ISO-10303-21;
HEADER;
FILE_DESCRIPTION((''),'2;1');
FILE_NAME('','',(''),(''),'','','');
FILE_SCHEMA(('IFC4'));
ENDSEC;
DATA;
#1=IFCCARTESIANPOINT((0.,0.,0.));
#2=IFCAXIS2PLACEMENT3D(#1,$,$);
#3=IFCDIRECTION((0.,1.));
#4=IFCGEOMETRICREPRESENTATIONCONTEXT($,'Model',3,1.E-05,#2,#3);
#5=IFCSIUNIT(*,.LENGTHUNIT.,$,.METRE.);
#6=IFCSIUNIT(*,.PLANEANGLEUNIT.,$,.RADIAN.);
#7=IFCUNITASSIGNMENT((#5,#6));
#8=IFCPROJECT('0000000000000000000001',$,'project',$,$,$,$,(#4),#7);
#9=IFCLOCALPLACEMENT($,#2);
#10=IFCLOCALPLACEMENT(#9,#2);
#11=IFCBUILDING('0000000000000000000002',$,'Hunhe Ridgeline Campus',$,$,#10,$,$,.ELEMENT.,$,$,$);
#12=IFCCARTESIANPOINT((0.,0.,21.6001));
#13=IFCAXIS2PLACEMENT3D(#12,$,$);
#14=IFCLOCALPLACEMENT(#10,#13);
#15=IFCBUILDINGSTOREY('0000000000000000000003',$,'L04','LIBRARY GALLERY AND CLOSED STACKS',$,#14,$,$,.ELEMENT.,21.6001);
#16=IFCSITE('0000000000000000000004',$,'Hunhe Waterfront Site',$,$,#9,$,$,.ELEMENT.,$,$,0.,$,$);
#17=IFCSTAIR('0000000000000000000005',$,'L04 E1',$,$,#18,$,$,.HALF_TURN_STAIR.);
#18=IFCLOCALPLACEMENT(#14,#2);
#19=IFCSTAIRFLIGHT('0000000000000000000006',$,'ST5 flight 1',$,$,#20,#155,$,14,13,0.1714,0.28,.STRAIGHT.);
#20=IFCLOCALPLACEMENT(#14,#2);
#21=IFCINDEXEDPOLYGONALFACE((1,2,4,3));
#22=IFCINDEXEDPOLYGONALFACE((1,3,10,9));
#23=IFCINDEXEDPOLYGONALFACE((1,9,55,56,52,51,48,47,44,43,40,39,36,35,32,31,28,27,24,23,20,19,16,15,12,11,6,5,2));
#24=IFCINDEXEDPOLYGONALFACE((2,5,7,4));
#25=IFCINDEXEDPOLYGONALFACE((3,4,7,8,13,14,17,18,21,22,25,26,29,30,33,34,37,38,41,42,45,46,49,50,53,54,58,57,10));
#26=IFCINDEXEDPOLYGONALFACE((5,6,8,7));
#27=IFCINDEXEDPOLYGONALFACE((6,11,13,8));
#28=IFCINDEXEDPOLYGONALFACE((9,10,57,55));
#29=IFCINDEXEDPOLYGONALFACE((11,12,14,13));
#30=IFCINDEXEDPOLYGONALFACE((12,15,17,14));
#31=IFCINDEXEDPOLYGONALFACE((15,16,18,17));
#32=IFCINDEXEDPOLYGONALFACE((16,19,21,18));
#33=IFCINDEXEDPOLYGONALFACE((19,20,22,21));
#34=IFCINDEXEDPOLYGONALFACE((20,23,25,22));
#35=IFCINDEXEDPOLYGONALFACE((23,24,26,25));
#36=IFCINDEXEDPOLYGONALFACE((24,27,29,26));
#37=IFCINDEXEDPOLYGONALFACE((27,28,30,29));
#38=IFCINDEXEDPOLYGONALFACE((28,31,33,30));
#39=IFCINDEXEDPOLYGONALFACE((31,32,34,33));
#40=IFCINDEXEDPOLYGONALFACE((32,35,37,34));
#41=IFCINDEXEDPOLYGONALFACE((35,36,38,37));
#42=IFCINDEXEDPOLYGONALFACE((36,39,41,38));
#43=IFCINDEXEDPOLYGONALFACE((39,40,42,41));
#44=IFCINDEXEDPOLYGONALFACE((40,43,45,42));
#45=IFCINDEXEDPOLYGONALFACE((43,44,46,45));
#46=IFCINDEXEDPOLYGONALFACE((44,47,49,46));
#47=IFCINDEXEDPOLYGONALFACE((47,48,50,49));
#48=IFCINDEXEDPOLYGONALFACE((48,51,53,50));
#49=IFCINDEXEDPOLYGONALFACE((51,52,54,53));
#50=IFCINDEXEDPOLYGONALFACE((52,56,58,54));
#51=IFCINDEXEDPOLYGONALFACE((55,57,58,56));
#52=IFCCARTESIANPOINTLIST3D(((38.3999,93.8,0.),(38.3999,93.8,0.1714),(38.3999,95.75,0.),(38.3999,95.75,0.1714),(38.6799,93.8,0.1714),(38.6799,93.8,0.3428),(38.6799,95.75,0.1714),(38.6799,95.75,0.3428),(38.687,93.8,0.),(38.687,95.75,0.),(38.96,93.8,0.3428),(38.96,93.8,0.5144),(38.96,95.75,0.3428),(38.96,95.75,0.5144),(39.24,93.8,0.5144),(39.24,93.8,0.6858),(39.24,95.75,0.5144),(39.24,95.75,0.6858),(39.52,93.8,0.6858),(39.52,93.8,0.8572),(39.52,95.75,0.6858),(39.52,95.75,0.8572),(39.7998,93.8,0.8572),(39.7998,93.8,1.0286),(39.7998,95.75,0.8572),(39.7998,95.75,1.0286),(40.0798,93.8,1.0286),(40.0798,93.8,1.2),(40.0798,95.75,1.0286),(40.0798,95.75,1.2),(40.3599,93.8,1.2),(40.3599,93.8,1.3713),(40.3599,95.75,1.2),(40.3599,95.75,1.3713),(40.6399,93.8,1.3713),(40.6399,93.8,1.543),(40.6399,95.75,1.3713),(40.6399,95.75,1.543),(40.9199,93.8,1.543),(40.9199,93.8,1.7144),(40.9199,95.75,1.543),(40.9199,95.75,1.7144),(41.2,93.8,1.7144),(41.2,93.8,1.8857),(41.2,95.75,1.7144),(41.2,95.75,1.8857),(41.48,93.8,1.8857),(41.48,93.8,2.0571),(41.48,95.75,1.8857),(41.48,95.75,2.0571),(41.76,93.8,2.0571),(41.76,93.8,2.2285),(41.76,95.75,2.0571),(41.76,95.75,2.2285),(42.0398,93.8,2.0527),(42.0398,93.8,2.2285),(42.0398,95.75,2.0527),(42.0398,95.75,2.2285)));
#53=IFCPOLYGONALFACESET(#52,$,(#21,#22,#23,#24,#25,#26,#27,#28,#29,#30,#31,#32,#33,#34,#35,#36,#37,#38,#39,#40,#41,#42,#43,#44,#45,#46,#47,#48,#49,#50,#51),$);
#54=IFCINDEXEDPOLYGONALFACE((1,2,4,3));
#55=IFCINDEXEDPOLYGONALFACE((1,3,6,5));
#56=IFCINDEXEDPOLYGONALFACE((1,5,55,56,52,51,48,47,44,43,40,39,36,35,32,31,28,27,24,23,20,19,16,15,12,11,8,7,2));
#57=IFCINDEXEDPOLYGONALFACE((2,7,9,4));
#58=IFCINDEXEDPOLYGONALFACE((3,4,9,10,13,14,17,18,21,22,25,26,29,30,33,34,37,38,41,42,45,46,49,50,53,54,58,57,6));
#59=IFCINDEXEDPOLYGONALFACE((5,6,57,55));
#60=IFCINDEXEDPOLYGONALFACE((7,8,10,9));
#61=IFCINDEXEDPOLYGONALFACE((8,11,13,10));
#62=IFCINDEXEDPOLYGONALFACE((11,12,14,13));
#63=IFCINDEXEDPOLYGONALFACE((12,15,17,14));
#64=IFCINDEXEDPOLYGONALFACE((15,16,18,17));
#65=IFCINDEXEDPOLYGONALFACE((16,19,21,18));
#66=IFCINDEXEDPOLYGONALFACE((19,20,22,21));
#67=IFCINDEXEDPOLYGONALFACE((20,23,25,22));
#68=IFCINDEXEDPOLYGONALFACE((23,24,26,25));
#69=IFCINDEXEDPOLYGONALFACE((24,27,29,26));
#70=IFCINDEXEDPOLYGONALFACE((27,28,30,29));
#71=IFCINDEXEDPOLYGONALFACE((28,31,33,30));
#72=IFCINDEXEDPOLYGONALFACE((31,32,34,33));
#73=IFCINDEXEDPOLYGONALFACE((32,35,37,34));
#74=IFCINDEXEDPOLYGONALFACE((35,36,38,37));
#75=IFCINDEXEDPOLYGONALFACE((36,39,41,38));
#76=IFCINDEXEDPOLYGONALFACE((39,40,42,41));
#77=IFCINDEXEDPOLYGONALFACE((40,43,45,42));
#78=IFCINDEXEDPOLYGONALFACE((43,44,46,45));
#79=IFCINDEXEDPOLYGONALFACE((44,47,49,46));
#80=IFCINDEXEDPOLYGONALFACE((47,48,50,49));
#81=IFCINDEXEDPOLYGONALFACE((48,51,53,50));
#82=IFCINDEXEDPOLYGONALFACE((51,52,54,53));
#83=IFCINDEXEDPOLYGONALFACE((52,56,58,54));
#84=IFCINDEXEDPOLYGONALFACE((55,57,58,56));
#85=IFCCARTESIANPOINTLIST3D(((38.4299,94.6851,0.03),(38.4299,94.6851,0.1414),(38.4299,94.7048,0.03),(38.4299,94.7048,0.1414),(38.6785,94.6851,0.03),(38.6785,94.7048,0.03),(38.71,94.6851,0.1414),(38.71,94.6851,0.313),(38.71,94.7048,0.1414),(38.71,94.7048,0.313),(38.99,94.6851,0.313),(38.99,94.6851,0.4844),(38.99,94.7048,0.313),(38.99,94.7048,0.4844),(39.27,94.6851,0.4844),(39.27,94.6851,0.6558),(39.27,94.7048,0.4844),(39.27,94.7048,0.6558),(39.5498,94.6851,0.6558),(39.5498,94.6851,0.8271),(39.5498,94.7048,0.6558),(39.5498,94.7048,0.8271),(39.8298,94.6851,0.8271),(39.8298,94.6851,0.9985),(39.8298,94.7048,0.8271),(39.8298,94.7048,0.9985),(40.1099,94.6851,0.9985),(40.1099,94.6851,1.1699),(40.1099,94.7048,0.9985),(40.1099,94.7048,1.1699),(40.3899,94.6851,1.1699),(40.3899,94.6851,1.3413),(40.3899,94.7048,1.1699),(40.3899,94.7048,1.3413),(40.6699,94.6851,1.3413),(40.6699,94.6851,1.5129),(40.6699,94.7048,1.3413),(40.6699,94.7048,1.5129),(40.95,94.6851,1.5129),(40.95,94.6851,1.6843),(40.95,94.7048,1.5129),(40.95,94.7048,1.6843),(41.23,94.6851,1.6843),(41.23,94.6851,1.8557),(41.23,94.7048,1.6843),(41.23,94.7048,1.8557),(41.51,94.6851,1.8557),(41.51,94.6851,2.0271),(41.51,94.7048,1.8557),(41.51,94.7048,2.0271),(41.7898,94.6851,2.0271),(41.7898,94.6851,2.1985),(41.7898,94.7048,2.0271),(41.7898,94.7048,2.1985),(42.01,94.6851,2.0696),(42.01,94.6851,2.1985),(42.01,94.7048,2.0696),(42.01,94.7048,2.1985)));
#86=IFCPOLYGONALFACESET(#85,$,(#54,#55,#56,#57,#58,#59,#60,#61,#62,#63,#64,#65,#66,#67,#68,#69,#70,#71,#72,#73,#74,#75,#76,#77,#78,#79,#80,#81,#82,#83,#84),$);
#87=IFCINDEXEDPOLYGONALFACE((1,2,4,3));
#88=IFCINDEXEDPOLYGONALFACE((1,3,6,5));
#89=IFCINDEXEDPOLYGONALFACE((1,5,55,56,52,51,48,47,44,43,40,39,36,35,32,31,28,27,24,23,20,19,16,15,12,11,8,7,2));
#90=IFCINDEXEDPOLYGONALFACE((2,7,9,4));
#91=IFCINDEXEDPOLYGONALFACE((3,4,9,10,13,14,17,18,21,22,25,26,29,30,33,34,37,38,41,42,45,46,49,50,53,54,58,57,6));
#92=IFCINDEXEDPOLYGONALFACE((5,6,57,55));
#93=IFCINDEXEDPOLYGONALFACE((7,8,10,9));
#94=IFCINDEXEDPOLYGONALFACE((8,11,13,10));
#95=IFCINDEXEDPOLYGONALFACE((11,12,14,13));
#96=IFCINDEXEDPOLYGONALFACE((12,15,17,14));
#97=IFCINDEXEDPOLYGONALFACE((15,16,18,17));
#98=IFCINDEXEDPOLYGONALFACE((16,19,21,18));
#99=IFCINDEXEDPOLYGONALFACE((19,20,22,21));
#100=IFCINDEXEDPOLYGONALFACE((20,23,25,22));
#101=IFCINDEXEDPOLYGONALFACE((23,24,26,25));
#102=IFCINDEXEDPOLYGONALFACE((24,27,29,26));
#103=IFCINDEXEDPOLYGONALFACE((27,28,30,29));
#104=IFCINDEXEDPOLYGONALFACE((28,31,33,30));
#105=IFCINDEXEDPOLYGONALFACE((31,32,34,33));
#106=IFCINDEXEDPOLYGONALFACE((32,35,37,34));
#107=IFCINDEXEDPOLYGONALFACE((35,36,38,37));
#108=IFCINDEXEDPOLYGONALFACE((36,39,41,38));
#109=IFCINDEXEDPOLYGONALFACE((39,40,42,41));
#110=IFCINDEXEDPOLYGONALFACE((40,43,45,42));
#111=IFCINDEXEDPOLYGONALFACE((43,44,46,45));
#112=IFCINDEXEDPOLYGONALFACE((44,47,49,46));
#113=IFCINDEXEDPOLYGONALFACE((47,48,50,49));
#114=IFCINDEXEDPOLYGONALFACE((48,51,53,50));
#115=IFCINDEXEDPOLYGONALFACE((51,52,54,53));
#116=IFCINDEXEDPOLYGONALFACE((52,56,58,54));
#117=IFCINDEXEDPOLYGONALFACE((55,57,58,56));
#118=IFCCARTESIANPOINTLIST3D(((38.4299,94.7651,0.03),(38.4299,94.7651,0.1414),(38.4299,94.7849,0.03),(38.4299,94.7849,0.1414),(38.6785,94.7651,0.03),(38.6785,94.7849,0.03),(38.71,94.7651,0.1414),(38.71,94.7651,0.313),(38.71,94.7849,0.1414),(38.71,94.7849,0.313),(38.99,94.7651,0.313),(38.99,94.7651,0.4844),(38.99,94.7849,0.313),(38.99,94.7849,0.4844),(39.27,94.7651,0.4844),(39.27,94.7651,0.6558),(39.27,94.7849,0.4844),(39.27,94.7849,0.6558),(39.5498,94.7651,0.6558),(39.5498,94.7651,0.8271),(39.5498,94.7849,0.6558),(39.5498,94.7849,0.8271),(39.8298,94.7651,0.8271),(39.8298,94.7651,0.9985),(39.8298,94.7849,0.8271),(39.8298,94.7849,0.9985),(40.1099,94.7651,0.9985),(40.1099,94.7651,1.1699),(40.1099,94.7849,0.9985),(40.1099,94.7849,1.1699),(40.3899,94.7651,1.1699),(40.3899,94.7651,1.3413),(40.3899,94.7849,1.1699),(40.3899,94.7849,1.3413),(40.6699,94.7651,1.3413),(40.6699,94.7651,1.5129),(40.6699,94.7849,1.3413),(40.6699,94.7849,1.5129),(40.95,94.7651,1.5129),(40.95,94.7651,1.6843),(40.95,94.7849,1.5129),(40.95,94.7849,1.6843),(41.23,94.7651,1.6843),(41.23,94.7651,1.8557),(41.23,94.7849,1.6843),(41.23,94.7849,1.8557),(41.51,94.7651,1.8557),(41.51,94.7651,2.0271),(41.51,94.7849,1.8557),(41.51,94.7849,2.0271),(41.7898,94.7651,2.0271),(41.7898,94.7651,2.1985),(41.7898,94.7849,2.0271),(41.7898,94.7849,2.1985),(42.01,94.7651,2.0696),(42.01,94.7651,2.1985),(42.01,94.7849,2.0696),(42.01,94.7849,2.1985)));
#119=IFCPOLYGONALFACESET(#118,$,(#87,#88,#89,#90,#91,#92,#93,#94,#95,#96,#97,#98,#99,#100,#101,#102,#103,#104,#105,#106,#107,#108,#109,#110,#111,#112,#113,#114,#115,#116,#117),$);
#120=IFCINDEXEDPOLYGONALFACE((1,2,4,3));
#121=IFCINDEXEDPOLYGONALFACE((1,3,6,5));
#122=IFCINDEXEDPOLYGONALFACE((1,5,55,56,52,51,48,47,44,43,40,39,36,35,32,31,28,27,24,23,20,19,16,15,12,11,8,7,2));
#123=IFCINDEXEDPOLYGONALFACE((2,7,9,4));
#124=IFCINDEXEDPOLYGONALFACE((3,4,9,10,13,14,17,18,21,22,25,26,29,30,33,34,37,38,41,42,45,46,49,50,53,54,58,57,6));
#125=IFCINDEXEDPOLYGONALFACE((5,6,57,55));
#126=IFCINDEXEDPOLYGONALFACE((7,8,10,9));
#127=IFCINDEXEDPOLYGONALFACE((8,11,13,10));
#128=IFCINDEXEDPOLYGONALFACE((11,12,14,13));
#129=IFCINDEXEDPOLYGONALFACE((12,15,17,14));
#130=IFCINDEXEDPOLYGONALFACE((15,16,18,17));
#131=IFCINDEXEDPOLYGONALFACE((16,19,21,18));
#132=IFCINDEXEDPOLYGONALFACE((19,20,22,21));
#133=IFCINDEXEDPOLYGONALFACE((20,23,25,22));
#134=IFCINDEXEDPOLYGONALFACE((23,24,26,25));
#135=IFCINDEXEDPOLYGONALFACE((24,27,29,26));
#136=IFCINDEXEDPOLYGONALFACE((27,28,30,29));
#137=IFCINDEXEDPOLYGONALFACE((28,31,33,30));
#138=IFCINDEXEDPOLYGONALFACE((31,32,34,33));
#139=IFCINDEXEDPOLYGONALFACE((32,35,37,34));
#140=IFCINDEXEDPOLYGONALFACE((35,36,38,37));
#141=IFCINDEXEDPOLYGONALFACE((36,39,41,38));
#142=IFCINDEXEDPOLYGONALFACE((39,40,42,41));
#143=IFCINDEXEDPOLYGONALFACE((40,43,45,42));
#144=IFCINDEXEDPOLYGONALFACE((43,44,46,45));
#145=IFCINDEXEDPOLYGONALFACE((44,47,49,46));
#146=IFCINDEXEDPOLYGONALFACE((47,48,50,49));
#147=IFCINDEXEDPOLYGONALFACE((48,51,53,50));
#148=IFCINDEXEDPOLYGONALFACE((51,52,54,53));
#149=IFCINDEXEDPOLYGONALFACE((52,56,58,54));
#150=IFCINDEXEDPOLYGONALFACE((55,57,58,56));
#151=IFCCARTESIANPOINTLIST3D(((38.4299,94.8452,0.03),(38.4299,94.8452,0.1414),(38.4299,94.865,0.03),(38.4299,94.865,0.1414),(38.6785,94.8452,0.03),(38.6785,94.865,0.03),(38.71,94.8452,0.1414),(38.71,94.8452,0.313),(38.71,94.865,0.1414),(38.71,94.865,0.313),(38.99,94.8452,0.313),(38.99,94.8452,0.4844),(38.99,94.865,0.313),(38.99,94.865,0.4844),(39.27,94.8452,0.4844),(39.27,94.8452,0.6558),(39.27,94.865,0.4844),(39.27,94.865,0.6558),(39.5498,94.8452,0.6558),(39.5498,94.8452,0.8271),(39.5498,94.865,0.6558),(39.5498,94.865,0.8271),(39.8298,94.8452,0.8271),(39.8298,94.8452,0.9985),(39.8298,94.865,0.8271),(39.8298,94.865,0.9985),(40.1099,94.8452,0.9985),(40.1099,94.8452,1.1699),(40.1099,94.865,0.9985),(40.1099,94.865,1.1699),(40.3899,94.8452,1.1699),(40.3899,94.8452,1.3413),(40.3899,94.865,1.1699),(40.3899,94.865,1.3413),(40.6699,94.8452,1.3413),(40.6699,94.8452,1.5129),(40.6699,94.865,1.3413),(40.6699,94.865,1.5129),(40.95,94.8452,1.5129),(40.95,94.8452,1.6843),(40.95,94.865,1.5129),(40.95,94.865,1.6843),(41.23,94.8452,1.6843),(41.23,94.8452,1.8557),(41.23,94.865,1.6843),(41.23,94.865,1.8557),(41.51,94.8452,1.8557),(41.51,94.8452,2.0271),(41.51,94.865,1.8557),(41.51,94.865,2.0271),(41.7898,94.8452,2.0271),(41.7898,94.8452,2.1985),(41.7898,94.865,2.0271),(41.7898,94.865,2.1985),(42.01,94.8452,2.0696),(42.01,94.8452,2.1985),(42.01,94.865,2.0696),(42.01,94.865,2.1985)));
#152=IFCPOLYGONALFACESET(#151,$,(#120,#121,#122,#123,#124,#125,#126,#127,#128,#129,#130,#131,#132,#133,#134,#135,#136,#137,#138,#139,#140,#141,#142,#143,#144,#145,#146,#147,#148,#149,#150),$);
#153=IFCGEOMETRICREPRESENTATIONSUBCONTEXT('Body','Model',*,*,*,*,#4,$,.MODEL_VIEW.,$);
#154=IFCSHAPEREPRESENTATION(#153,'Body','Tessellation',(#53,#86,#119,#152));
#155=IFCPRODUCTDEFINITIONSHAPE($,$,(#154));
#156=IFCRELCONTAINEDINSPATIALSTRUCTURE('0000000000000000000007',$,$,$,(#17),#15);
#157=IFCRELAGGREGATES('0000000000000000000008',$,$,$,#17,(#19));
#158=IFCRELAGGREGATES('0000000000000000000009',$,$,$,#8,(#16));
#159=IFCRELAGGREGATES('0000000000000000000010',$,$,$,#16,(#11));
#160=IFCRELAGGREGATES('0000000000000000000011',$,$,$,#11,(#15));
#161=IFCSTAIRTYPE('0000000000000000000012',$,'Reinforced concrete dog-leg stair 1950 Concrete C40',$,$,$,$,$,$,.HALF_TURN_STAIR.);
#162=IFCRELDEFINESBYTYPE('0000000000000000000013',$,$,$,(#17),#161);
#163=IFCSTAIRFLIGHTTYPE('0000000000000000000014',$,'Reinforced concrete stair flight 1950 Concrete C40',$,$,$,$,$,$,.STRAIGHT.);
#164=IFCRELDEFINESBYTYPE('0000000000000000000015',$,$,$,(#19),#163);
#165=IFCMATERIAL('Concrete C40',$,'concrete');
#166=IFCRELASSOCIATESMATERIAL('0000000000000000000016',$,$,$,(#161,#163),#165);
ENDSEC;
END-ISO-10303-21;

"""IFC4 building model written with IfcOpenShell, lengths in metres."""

from ifc_helpers import new_model, si_unit, direction, frame, origin, place, context, subcontext, project, spatial, polyline, outline, extrude, material, type_object, element, aggregate, save


model = new_model("IFC4")

# Units and contexts
model_context = context("Model", 3, precision=1e-05, world=origin(), true_north=direction((0.0, 1.0)))
body_context = subcontext(model_context, "Body", "Model", "MODEL_VIEW")
ifc_project = project(units=[si_unit("LENGTHUNIT", "METRE"), si_unit("PLANEANGLEUNIT", "RADIAN")], contexts=[model_context])

# Site, building, storey
site_placement = place(None, origin())
site = spatial("IfcSite", under=ifc_project, at=site_placement, Name="Hunhe Waterfront Site", CompositionType="ELEMENT", RefElevation=0.0)
building_placement = place(site_placement, origin())
building = spatial("IfcBuilding", under=site, at=building_placement, Name="Hunhe Ridgeline Campus", CompositionType="ELEMENT")
storey_placement = place(building_placement, frame((0.0, 0.0, 21.6001)))
storey = spatial("IfcBuildingStorey", under=building, at=storey_placement, Name="L04", Description="LIBRARY GALLERY AND CLOSED STACKS", CompositionType="ELEMENT", Elevation=21.6001)

# Stair, stair flight
ifc_material_1 = material(Name="Concrete C40", Category="concrete")
stair_type = type_object("IfcStairType", Name="Reinforced concrete dog-leg stair 1950 Concrete C40", PredefinedType="HALF_TURN_STAIR", material=ifc_material_1)
stair_1_placement = place(storey_placement, origin())
stair_1 = element("IfcStair", 1, at=stair_1_placement, inside=storey, type_object=stair_type, Name="L04 E1", PredefinedType="HALF_TURN_STAIR")
stair_flight_type = type_object("IfcStairFlightType", Name="Reinforced concrete stair flight 1950 Concrete C40", PredefinedType="STRAIGHT", material=ifc_material_1)
stair_flight_1_placement = place(storey_placement, frame((38.3999, 94.7749, 0.0), z_axis=(0.0, 0.0, 1.0), x_axis=(1.0, 0.0, 0.0)))
stair_flight_1 = element("IfcStairFlight", 2, at=stair_flight_1_placement, type_object=stair_flight_type, Name="ST5 flight 1", NumberOfRisers=14, NumberOfTreads=13, PredefinedType="STRAIGHT", RiserHeight=0.1714, TreadLength=0.28, context=body_context, shape_type="SweptSolid", body=[
    extrude(outline(polyline([(0.0, 0.0), (0.0, 0.1714), (0.28, 0.1714), (0.28, 0.3428), (0.5601, 0.3428), (0.5601, 0.5144), (0.8401, 0.5144), (0.8401, 0.6858), (1.1201, 0.6858), (1.1201, 0.8572), (1.3999, 0.8572), (1.3999, 1.0286), (1.6799, 1.0286), (1.6799, 1.2), (1.96, 1.2), (1.96, 1.3713), (2.24, 1.3713), (2.24, 1.543), (2.52, 1.543), (2.52, 1.7144), (2.8, 1.7144), (2.8, 1.8857), (3.0801, 1.8857), (3.0801, 2.0571), (3.3601, 2.0571), (3.3601, 2.2285), (3.6399, 2.2285), (3.6399, 2.3999), (3.6399, 2.0527), (0.2871, 0.0), (0.0, 0.0)])), frame((0.0, 0.9751, 0.0), z_axis=(0.0, -1.0, 0.0), x_axis=(1.0, 0.0, 0.0)), (0.0, 0.0, 1.0), 1.95),
    extrude(outline(polyline([(0.03, 0.03), (0.03, 0.1414), (0.3101, 0.1414), (0.3101, 0.313), (0.5901, 0.313), (0.5901, 0.4844), (0.8701, 0.4844), (0.8701, 0.6558), (1.1499, 0.6558), (1.1499, 0.8271), (1.4299, 0.8271), (1.4299, 0.9985), (1.71, 0.9985), (1.71, 1.1699), (1.99, 1.1699), (1.99, 1.3413), (2.27, 1.3413), (2.27, 1.5129), (2.55, 1.5129), (2.55, 1.6843), (2.8301, 1.6843), (2.8301, 1.8557), (3.1101, 1.8557), (3.1101, 2.0271), (3.3899, 2.0271), (3.3899, 2.1985), (3.6101, 2.1985), (3.6101, 2.0696), (0.2786, 0.03), (0.03, 0.03)])), frame((0.0, -0.0701, 0.0), z_axis=(0.0, -1.0, 0.0), x_axis=(1.0, 0.0, 0.0)), (0.0, 0.0, 1.0), 0.0198),
    extrude(outline(polyline([(0.03, 0.03), (0.03, 0.1414), (0.3101, 0.1414), (0.3101, 0.313), (0.5901, 0.313), (0.5901, 0.4844), (0.8701, 0.4844), (0.8701, 0.6558), (1.1499, 0.6558), (1.1499, 0.8271), (1.4299, 0.8271), (1.4299, 0.9985), (1.71, 0.9985), (1.71, 1.1699), (1.99, 1.1699), (1.99, 1.3413), (2.27, 1.3413), (2.27, 1.5129), (2.55, 1.5129), (2.55, 1.6843), (2.8301, 1.6843), (2.8301, 1.8557), (3.1101, 1.8557), (3.1101, 2.0271), (3.3899, 2.0271), (3.3899, 2.1985), (3.6101, 2.1985), (3.6101, 2.0696), (0.2786, 0.03), (0.03, 0.03)])), frame((0.0, 0.01, 0.0), z_axis=(0.0, -1.0, 0.0), x_axis=(1.0, 0.0, 0.0)), (0.0, 0.0, 1.0), 0.0198),
    extrude(outline(polyline([(0.03, 0.03), (0.03, 0.1414), (0.3101, 0.1414), (0.3101, 0.313), (0.5901, 0.313), (0.5901, 0.4844), (0.8701, 0.4844), (0.8701, 0.6558), (1.1499, 0.6558), (1.1499, 0.8271), (1.4299, 0.8271), (1.4299, 0.9985), (1.71, 0.9985), (1.71, 1.1699), (1.99, 1.1699), (1.99, 1.3413), (2.27, 1.3413), (2.27, 1.5129), (2.55, 1.5129), (2.55, 1.6843), (2.8301, 1.6843), (2.8301, 1.8557), (3.1101, 1.8557), (3.1101, 2.0271), (3.3899, 2.0271), (3.3899, 2.1985), (3.6101, 2.1985), (3.6101, 2.0696), (0.2786, 0.03), (0.03, 0.03)])), frame((0.0, 0.0901, 0.0), z_axis=(0.0, -1.0, 0.0), x_axis=(1.0, 0.0, 0.0)), (0.0, 0.0, 1.0), 0.0198),
])
aggregate(stair_1, [stair_flight_1])

save(model, "model.ifc")
